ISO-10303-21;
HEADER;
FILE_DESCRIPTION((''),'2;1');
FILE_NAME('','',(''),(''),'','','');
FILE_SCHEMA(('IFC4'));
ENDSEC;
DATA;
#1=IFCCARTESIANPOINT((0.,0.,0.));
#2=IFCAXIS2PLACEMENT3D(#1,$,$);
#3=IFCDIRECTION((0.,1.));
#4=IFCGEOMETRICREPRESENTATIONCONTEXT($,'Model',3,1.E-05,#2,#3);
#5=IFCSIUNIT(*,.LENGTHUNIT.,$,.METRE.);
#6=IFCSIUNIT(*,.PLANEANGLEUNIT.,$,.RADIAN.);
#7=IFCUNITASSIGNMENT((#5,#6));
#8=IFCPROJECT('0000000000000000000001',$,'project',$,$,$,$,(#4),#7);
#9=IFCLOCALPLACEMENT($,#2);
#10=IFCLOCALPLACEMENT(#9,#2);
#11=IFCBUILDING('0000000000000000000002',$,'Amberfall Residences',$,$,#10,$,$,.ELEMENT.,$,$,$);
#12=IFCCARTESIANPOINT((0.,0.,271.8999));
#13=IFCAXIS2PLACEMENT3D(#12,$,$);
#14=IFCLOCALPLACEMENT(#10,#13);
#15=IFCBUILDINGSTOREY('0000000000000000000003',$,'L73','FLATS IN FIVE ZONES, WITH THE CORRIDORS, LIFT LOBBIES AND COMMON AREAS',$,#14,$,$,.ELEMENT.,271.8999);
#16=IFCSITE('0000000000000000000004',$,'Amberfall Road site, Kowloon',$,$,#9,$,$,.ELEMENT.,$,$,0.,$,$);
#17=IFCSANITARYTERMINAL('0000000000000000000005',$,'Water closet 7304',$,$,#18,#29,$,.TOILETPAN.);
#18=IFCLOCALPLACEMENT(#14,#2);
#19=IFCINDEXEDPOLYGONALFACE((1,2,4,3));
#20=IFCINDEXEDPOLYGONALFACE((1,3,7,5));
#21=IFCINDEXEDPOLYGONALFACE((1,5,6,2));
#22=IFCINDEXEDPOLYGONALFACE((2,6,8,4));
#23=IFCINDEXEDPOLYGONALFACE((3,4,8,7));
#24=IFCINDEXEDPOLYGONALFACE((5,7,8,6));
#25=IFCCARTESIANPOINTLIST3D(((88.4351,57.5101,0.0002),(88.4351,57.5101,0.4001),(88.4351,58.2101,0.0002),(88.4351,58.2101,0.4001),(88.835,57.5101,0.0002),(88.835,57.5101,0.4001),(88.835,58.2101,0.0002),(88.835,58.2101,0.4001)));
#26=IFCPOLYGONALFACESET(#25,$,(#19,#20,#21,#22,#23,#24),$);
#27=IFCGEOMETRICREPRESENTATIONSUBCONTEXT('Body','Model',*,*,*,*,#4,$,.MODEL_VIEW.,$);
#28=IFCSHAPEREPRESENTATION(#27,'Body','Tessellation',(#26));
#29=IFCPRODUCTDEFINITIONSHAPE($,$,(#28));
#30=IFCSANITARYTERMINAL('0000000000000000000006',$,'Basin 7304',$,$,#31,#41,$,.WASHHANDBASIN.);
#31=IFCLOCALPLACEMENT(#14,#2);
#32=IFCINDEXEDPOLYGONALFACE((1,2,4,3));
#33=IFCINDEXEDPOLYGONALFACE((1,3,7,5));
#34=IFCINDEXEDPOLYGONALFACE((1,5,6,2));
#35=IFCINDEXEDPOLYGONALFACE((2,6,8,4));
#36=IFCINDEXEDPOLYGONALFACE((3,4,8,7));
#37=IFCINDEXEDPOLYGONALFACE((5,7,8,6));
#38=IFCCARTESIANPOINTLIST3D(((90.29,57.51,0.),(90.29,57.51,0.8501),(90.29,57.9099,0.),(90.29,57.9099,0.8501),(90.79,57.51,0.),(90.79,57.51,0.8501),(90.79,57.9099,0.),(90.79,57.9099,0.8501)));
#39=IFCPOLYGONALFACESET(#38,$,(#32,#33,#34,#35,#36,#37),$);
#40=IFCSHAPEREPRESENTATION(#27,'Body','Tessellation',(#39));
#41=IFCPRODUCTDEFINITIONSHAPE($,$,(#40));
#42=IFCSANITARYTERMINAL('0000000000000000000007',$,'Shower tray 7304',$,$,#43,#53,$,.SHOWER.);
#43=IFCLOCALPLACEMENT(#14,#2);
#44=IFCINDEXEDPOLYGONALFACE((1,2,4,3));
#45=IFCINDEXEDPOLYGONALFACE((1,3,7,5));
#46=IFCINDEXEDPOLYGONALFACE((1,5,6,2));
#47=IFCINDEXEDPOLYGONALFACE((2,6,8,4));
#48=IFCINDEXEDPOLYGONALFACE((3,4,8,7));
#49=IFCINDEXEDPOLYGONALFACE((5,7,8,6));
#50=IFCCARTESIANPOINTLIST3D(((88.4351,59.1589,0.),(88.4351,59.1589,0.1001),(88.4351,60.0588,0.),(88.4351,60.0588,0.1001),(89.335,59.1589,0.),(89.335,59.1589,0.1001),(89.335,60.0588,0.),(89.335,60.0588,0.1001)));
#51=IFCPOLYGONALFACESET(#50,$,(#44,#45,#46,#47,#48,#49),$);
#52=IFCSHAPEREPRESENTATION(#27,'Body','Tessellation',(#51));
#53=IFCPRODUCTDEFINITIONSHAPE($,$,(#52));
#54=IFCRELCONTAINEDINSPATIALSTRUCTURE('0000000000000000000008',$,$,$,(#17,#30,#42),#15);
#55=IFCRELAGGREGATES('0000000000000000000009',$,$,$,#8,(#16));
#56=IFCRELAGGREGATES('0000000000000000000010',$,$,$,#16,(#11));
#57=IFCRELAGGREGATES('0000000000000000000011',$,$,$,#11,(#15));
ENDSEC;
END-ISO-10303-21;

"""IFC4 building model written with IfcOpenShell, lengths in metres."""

from ifc_helpers import new_model, si_unit, direction, frame, origin, origin_2d, place, context, subcontext, project, spatial, rectangle, extrude, element, save


model = new_model("IFC4")

# Units and contexts
model_context = context("Model", 3, precision=1e-05, world=origin(), true_north=direction((0.0, 1.0)))
body_context = subcontext(model_context, "Body", "Model", "MODEL_VIEW")
ifc_project = project(units=[si_unit("LENGTHUNIT", "METRE"), si_unit("PLANEANGLEUNIT", "RADIAN")], contexts=[model_context])

# Site, building, storey
site_placement = place(None, origin())
site = spatial("IfcSite", under=ifc_project, at=site_placement, Name="Amberfall Road site, Kowloon", CompositionType="ELEMENT", RefElevation=0.0)
building_placement = place(site_placement, origin())
building = spatial("IfcBuilding", under=site, at=building_placement, Name="Amberfall Residences", CompositionType="ELEMENT")
storey_placement = place(building_placement, frame((0.0, 0.0, 271.8999)))
storey = spatial("IfcBuildingStorey", under=building, at=storey_placement, Name="L73", Description="FLATS IN FIVE ZONES, WITH THE CORRIDORS, LIFT LOBBIES AND COMMON AREAS", CompositionType="ELEMENT", Elevation=271.8999)

# Sanitary terminals
sanitary_terminal_1_placement = place(storey_placement, frame((88.635, 57.8601, 0.0002), z_axis=(0.0, 0.0, 1.0), x_axis=(1.0, 0.0, 0.0)))
element("IfcSanitaryTerminal", 1, at=sanitary_terminal_1_placement, inside=storey, Name="Water closet 7304", PredefinedType="TOILETPAN", context=body_context, shape_type="SweptSolid", body=[
    extrude(rectangle(XDim=0.3999, YDim=0.7, at=origin_2d()), origin(), (0.0, 0.0, 1.0), 0.3999),
])
sanitary_terminal_2_placement = place(storey_placement, frame((90.54, 57.71, 0.0), z_axis=(0.0, 0.0, 1.0), x_axis=(1.0, 0.0, 0.0)))
element("IfcSanitaryTerminal", 2, at=sanitary_terminal_2_placement, inside=storey, Name="Basin 7304", PredefinedType="WASHHANDBASIN", context=body_context, shape_type="SweptSolid", body=[
    extrude(rectangle(XDim=0.5, YDim=0.3999, at=origin_2d()), origin(), (0.0, 0.0, 1.0), 0.8501),
])
sanitary_terminal_3_placement = place(storey_placement, frame((88.885, 59.6089, 0.0), z_axis=(0.0, 0.0, 1.0), x_axis=(1.0, 0.0, 0.0)))
element("IfcSanitaryTerminal", 3, at=sanitary_terminal_3_placement, inside=storey, Name="Shower tray 7304", PredefinedType="SHOWER", context=body_context, shape_type="SweptSolid", body=[
    extrude(rectangle(XDim=0.8999, YDim=0.8999, at=origin_2d()), origin(), (0.0, 0.0, 1.0), 0.1001),
])

save(model, "model.ifc")
